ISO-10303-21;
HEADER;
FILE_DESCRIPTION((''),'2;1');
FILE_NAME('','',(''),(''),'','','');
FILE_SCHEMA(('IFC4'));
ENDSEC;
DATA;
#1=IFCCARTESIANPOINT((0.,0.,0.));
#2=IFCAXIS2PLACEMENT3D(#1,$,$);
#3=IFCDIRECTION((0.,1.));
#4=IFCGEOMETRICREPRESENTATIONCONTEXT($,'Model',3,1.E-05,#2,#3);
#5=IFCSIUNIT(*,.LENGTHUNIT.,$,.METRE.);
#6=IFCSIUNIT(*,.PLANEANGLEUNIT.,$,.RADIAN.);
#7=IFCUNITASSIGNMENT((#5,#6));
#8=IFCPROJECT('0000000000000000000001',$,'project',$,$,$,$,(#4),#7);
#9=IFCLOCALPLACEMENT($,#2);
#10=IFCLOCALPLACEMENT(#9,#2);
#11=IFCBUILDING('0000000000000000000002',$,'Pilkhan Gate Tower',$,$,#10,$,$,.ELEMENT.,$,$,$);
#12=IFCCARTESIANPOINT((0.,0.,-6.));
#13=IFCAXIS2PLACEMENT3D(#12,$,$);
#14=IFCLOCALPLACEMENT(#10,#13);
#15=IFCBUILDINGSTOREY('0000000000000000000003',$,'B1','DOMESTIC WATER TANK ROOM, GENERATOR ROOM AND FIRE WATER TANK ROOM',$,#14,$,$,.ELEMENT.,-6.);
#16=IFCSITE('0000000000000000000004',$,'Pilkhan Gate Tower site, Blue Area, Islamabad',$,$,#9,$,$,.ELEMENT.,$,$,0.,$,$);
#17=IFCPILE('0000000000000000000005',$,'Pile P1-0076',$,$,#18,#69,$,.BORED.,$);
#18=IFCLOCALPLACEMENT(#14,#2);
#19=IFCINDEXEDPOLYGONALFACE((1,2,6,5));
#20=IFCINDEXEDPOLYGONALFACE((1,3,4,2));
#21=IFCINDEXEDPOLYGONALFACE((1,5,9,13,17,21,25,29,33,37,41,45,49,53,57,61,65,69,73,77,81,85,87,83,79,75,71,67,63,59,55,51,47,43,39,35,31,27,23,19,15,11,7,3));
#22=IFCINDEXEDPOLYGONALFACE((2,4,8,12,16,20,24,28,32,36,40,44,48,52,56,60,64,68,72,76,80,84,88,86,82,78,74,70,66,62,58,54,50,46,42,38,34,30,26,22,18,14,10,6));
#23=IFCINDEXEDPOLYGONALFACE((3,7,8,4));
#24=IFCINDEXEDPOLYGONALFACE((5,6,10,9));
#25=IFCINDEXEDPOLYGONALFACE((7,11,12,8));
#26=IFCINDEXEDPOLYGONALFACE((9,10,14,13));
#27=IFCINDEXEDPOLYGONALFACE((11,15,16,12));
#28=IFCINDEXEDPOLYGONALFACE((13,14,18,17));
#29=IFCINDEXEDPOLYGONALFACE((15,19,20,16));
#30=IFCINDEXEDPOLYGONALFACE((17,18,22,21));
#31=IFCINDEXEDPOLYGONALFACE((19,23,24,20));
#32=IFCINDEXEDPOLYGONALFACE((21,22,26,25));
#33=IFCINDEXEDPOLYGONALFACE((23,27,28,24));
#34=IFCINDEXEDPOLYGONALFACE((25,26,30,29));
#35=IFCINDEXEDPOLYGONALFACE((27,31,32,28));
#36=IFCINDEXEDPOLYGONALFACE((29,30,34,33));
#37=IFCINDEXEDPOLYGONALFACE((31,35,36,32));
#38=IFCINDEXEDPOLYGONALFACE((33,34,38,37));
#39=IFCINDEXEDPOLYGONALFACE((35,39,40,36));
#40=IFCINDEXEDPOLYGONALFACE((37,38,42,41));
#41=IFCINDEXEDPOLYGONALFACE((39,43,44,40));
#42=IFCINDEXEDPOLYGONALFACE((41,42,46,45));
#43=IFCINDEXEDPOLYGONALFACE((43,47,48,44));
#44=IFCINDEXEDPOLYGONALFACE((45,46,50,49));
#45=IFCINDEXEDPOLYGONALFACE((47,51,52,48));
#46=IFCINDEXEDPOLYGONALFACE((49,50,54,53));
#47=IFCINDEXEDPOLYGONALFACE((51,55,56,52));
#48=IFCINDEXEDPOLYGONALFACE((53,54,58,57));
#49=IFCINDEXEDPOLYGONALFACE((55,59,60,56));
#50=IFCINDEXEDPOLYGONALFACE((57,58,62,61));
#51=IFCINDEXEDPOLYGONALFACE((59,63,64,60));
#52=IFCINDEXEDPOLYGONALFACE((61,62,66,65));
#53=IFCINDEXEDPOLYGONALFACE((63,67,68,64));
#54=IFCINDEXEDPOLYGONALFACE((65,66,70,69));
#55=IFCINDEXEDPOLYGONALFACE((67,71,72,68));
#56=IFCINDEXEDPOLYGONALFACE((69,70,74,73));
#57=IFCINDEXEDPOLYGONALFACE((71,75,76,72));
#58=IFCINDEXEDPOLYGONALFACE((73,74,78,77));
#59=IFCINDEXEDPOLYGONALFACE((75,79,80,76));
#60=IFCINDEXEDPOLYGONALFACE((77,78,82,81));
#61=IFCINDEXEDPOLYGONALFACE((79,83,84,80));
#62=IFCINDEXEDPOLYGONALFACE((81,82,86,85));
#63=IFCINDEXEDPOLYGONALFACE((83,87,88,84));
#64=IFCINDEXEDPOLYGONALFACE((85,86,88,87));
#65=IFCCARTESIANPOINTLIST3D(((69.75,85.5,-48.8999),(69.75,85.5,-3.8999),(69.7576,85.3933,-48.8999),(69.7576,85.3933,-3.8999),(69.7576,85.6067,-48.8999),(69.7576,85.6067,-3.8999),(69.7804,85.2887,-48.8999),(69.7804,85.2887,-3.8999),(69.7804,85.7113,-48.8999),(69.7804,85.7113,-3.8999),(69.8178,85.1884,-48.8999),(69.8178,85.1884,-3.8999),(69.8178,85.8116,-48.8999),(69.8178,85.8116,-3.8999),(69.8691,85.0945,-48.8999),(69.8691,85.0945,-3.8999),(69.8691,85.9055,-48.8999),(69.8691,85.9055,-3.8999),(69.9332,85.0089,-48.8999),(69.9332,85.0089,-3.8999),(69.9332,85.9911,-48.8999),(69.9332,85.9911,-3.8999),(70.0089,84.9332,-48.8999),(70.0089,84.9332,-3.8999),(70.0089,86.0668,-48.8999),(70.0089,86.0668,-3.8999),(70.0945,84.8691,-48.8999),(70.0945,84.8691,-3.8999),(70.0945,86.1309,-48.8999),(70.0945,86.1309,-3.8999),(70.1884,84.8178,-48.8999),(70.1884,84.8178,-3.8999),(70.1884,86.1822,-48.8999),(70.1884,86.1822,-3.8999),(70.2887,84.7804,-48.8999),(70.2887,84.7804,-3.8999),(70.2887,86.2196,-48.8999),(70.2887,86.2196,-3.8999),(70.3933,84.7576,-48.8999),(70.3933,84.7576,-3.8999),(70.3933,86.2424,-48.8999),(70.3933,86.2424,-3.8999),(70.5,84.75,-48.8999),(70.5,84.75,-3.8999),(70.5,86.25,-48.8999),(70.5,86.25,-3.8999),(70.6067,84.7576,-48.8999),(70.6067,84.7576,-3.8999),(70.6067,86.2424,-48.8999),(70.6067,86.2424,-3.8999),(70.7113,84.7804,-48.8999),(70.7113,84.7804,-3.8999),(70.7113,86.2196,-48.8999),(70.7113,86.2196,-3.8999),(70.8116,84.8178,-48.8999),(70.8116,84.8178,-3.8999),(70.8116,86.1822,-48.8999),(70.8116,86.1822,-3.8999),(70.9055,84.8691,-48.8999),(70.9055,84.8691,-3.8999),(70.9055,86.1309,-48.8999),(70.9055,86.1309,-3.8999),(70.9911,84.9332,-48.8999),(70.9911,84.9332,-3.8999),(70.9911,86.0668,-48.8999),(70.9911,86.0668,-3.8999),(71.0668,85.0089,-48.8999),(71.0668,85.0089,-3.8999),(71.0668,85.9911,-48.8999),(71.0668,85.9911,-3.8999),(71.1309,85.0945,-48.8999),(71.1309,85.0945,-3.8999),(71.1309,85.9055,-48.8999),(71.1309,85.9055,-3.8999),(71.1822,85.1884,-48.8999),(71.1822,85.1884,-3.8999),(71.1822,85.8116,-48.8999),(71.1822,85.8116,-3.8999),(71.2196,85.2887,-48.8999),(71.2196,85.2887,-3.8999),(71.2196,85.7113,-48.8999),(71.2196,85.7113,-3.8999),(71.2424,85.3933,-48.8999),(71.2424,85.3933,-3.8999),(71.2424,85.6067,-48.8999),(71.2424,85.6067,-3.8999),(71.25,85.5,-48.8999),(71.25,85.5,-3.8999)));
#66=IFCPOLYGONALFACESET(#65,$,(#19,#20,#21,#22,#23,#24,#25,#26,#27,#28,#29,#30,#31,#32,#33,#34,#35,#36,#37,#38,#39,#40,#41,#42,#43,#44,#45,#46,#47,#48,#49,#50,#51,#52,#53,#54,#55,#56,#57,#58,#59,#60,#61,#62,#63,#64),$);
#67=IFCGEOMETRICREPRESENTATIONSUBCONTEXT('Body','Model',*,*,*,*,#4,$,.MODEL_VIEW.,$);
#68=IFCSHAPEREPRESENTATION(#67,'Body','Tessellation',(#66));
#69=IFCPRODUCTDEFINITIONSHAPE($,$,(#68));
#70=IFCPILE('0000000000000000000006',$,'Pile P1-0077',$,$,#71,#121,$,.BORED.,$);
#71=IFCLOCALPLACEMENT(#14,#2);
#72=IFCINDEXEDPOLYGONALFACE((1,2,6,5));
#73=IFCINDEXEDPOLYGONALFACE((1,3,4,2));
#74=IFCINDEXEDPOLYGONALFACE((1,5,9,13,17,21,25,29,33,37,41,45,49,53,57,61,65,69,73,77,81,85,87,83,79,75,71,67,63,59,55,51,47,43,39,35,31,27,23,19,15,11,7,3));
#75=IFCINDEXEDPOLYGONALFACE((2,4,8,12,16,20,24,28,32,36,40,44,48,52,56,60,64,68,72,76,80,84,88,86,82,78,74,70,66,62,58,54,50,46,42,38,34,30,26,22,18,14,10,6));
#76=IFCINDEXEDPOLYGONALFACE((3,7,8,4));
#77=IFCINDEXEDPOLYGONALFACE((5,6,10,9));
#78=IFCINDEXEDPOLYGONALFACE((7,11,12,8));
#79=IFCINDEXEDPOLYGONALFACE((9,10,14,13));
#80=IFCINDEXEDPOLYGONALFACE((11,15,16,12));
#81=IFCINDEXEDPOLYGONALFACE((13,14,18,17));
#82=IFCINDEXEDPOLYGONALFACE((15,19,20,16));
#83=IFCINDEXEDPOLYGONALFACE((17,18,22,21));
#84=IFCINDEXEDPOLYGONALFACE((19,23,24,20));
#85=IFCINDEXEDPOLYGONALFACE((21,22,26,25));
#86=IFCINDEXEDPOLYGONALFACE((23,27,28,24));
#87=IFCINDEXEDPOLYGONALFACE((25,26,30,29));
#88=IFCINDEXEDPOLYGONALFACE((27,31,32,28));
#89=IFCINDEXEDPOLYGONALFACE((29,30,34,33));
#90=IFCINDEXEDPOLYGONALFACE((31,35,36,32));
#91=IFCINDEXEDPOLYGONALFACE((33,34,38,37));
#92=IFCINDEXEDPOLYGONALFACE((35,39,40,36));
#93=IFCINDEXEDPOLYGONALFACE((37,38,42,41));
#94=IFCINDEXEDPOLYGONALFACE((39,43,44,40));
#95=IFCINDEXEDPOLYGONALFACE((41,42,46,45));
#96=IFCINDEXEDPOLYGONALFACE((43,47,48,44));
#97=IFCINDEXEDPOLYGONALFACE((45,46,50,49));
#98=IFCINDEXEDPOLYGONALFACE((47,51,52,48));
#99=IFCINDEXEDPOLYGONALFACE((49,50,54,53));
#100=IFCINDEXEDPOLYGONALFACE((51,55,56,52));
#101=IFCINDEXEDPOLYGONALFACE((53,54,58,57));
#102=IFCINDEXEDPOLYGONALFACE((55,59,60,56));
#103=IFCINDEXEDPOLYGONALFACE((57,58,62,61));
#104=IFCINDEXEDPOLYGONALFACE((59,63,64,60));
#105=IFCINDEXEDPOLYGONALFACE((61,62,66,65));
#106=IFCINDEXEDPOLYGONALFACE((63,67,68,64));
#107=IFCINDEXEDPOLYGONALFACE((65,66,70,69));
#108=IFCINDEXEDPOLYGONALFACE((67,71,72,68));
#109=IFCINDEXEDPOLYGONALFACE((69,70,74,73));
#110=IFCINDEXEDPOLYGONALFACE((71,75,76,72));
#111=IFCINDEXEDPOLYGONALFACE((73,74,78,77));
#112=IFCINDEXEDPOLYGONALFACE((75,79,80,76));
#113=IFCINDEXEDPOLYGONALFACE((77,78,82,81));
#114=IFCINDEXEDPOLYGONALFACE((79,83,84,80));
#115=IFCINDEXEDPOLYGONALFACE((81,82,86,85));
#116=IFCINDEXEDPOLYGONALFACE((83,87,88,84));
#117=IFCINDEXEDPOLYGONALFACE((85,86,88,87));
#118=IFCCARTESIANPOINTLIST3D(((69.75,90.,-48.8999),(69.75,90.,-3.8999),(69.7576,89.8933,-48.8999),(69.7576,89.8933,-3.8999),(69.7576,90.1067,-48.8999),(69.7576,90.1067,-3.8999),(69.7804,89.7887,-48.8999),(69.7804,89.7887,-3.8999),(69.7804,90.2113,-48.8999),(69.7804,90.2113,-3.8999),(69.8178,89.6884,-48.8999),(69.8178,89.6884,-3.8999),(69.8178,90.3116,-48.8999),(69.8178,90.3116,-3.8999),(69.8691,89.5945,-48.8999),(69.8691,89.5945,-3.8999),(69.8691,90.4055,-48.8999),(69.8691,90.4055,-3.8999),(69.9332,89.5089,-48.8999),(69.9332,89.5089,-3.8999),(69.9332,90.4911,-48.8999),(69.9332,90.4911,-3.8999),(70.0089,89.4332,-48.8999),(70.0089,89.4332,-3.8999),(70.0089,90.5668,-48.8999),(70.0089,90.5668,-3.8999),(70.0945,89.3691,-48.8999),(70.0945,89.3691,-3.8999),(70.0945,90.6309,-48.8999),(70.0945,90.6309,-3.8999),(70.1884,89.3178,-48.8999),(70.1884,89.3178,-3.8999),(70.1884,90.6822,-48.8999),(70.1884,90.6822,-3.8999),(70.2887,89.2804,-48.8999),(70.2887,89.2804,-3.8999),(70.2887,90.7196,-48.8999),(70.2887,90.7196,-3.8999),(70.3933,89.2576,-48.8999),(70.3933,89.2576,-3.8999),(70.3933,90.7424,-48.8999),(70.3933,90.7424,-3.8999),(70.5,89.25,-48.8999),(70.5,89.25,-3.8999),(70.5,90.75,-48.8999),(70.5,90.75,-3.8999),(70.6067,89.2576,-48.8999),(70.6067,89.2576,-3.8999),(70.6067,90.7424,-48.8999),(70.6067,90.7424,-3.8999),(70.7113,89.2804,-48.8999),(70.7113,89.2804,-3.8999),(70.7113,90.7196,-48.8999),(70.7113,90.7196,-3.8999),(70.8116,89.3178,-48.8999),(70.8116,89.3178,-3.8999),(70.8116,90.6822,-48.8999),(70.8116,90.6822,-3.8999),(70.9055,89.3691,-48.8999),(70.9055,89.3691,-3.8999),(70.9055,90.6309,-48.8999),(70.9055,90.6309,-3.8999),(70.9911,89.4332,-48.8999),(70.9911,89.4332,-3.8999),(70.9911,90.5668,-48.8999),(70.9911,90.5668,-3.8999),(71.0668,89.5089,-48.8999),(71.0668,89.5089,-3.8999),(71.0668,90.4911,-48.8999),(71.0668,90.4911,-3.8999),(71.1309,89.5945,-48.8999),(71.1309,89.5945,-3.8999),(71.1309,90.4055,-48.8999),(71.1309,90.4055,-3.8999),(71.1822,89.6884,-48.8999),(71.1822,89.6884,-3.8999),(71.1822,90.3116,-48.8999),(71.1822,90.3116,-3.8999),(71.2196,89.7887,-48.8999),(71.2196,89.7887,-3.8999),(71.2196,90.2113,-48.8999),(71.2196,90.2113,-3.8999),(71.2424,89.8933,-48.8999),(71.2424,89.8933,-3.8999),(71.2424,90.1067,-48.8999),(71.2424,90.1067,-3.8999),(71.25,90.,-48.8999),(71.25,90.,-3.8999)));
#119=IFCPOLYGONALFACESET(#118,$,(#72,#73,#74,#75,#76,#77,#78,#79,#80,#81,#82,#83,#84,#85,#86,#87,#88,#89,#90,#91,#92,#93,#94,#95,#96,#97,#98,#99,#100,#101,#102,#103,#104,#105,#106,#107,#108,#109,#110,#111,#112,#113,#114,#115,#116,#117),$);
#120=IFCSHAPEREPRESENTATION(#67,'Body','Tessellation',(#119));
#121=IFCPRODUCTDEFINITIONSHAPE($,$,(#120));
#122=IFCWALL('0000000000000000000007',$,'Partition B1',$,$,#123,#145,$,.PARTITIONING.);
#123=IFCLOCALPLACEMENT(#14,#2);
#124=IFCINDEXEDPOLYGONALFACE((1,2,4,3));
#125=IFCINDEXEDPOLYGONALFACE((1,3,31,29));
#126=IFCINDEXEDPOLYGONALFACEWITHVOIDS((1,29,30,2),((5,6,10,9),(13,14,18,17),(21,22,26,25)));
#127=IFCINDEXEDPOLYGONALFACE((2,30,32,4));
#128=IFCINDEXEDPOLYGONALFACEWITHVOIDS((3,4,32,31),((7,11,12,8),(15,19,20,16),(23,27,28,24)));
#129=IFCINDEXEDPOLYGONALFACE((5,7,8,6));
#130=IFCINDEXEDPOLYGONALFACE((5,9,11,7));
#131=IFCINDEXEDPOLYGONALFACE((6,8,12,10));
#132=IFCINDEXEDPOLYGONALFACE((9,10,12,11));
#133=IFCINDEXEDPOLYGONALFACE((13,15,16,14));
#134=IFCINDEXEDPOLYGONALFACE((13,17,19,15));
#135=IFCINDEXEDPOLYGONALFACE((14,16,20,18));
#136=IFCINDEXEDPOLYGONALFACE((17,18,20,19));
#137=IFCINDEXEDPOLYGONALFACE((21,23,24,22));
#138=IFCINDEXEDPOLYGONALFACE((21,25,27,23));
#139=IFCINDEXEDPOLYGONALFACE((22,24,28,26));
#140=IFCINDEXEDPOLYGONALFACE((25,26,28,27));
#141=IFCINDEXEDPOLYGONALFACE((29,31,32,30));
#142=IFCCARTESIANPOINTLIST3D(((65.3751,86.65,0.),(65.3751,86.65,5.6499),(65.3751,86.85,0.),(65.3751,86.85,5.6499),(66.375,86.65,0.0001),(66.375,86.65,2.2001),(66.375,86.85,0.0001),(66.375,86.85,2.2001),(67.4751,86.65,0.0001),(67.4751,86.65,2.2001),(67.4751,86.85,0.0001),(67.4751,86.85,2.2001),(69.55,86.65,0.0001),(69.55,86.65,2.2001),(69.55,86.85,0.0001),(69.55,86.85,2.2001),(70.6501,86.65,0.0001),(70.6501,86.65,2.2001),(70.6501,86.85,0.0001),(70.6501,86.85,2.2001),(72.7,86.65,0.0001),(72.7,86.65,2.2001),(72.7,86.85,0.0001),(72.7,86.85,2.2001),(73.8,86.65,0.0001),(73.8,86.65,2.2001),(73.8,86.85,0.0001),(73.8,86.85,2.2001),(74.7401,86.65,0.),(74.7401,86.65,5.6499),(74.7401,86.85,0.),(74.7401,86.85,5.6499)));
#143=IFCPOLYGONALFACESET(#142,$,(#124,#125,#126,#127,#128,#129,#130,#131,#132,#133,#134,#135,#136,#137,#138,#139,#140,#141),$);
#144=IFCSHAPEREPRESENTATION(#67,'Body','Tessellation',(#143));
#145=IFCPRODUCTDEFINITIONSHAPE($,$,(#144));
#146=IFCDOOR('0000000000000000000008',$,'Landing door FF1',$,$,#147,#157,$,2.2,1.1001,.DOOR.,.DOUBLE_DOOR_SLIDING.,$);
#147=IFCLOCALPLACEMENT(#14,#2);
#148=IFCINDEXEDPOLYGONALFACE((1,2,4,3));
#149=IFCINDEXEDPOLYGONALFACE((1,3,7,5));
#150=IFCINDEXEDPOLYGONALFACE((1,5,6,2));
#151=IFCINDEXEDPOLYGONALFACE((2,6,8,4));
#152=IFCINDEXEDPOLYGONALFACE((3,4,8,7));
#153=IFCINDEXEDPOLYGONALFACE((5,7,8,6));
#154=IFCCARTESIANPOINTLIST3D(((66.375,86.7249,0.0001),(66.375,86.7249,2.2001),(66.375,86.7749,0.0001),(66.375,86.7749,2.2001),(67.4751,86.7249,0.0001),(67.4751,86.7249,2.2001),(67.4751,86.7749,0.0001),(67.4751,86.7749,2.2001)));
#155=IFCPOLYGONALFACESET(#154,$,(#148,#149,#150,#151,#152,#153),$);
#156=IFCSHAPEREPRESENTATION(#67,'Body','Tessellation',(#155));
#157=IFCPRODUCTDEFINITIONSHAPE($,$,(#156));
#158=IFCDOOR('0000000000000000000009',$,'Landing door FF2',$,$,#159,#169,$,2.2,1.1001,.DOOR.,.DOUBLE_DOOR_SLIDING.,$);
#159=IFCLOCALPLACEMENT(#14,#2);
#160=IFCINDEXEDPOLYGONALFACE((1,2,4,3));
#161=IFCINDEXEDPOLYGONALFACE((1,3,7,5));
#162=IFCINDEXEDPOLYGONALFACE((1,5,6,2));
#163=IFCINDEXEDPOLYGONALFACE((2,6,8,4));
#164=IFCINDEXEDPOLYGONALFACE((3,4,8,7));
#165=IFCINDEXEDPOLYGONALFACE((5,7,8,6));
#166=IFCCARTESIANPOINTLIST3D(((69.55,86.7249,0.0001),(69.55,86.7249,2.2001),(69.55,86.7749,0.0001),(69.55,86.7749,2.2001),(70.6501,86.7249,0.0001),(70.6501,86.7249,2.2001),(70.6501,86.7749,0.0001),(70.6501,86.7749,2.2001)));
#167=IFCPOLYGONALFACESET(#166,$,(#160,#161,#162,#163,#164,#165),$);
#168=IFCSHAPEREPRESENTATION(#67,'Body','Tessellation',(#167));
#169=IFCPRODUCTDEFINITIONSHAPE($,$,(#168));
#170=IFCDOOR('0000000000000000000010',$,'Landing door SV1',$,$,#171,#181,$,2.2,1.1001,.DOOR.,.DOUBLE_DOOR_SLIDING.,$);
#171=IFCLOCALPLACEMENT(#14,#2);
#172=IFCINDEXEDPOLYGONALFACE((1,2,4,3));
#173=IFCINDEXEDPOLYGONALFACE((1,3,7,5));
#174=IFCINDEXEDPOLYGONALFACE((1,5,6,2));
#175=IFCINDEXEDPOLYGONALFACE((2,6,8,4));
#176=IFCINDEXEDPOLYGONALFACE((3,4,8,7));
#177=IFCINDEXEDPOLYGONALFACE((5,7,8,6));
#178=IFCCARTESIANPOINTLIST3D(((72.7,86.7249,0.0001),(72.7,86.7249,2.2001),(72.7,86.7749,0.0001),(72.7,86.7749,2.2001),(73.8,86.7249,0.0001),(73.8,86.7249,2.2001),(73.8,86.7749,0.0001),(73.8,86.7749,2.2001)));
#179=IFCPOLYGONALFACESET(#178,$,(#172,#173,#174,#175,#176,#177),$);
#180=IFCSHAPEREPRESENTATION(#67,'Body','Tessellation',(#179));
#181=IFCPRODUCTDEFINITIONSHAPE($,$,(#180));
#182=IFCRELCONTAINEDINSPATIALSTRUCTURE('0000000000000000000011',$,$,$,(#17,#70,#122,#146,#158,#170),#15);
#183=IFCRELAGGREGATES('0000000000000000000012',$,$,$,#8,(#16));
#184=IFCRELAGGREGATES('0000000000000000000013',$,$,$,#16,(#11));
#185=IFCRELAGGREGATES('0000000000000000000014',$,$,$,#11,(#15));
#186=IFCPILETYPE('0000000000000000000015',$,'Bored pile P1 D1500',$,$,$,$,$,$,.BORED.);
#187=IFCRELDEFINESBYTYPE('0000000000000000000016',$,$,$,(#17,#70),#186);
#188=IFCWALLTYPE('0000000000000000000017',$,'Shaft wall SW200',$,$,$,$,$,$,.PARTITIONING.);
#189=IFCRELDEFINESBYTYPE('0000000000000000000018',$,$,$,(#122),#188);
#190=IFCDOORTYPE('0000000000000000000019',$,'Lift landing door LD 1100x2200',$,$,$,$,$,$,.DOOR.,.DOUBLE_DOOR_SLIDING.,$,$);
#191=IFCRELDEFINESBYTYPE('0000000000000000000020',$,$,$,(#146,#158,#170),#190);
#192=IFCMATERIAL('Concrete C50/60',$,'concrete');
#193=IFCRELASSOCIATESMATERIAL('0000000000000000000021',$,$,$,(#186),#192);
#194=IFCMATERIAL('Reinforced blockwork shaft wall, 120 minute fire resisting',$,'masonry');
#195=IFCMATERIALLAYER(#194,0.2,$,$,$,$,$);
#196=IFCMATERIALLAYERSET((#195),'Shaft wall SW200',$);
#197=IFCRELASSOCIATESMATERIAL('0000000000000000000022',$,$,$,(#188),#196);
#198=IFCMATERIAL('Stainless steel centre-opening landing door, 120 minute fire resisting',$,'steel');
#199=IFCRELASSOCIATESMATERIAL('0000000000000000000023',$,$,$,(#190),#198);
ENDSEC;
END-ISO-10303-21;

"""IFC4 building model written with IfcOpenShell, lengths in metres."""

from ifc_helpers import new_model, si_unit, direction, frame, frame_2d, origin, origin_2d, place, context, subcontext, project, spatial, rectangle, circle, extrude, material, layer, layer_set, material_profile, profile_set, type_object, element, fill, save


model = new_model("IFC4")

# Units and contexts
model_context = context("Model", 3, precision=1e-05, world=origin(), true_north=direction((0.0, 1.0)))
body_context = subcontext(model_context, "Body", "Model", "MODEL_VIEW")
ifc_project = project(units=[si_unit("LENGTHUNIT", "METRE"), si_unit("PLANEANGLEUNIT", "RADIAN")], contexts=[model_context])

# Site, building, storey
site_placement = place(None, origin())
site = spatial("IfcSite", under=ifc_project, at=site_placement, Name="Pilkhan Gate Tower site, Blue Area, Islamabad", CompositionType="ELEMENT", RefElevation=0.0)
building_placement = place(site_placement, origin())
building = spatial("IfcBuilding", under=site, at=building_placement, Name="Pilkhan Gate Tower", CompositionType="ELEMENT")
storey_placement = place(building_placement, frame((0.0, 0.0, -6.0)))
storey = spatial("IfcBuildingStorey", under=building, at=storey_placement, Name="B1", Description="DOMESTIC WATER TANK ROOM, GENERATOR ROOM AND FIRE WATER TANK ROOM", CompositionType="ELEMENT", Elevation=-6.0)

# Piles
ifc_material_1 = material(Name="Concrete C50/60", Category="concrete")
ifc_material_profile = material_profile(ifc_material_1, circle(Radius=0.75, at=origin_2d()), Name="Bored pile 1500 dia")
ifc_profile_set = profile_set([ifc_material_profile], Name="Concrete C50/60")
pile_type = type_object("IfcPileType", Name="Bored pile P1 D1500", PredefinedType="BORED", material=ifc_profile_set)
for number, where, z_axis, x_axis, name in (
    (1, (70.5, 85.5, -3.8999), (0.0, 0.0, -1.0), (1.0, 0.0, 0.0), "Pile P1-0076"),
    (2, (70.5, 90.0, -3.8999), (0.0, 0.0, -1.0), (1.0, 0.0, 0.0), "Pile P1-0077"),
):
    element("IfcPile", number, at=place(storey_placement, frame(where, z_axis=z_axis, x_axis=x_axis)), inside=storey, type_object=pile_type, Name=name, PredefinedType="BORED", context=body_context, shape_type="SweptSolid", body=[
        extrude(circle(Radius=0.75, at=origin_2d()), origin(), (0.0, 0.0, 1.0), 45.0),
    ])

# Wall, openings, doors
ifc_material_2 = material(Name="Reinforced blockwork shaft wall, 120 minute fire resisting", Category="masonry")
ifc_layer_1 = layer(ifc_material_2, 0.2)
ifc_layer_set_1 = layer_set([ifc_layer_1], Name="Shaft wall SW200")
wall_type_1 = type_object("IfcWallType", Name="Shaft wall SW200", PredefinedType="PARTITIONING", material=ifc_layer_set_1)
wall_1_placement = place(storey_placement, frame((65.375, 86.75, 0.0), z_axis=(0.0, 0.0, 1.0), x_axis=(1.0, 0.0, 0.0)))
wall_1 = element("IfcWall", 3, at=wall_1_placement, inside=storey, type_object=wall_type_1, Name="Partition B1", PredefinedType="PARTITIONING", context=body_context, shape_type="SweptSolid", body=[
    extrude(rectangle(XDim=9.365, YDim=0.2, at=frame_2d((4.6826, 0.0))), origin(), (0.0, 0.0, 1.0), 5.6499),
])
opening_1_placement = place(wall_1_placement, frame((1.0, 0.0, 0.0)))
opening_1 = element("IfcOpeningElement", 4, at=opening_1_placement, cuts=wall_1, PredefinedType="OPENING", context=body_context, shape_type="SweptSolid", body=[
    extrude(rectangle(XDim=1.1001, YDim=2.2, at=frame_2d((0.55, 1.1001))), frame((0.0, 0.1099, 0.0), z_axis=(0.0, -1.0, 0.0), x_axis=(1.0, 0.0, 0.0)), (0.0, 0.0, 1.0), 0.22),
])
opening_2_placement = place(wall_1_placement, frame((4.175, 0.0, 0.0)))
opening_2 = element("IfcOpeningElement", 5, at=opening_2_placement, cuts=wall_1, PredefinedType="OPENING", context=body_context, shape_type="SweptSolid", body=[
    extrude(rectangle(XDim=1.1001, YDim=2.2, at=frame_2d((0.55, 1.1001))), frame((0.0, 0.1099, 0.0), z_axis=(0.0, -1.0, 0.0), x_axis=(1.0, 0.0, 0.0)), (0.0, 0.0, 1.0), 0.22),
])
opening_3_placement = place(wall_1_placement, frame((7.325, 0.0, 0.0)))
opening_3 = element("IfcOpeningElement", 6, at=opening_3_placement, cuts=wall_1, PredefinedType="OPENING", context=body_context, shape_type="SweptSolid", body=[
    extrude(rectangle(XDim=1.1001, YDim=2.2, at=frame_2d((0.55, 1.1001))), frame((0.0, 0.1099, 0.0), z_axis=(0.0, -1.0, 0.0), x_axis=(1.0, 0.0, 0.0)), (0.0, 0.0, 1.0), 0.22),
])
ifc_material_3 = material(Name="Stainless steel centre-opening landing door, 120 minute fire resisting", Category="steel")
door_type_1 = type_object("IfcDoorType", Name="Lift landing door LD 1100x2200", OperationType="DOUBLE_DOOR_SLIDING", PredefinedType="DOOR", material=ifc_material_3)
door_1_placement = place(opening_1_placement, origin())
door_1 = element("IfcDoor", 7, at=door_1_placement, inside=storey, type_object=door_type_1, Name="Landing door FF1", OperationType="DOUBLE_DOOR_SLIDING", OverallHeight=2.2, OverallWidth=1.1001, PredefinedType="DOOR", context=body_context, shape_type="SweptSolid", body=[
    extrude(rectangle(XDim=1.1001, YDim=2.2, at=frame_2d((0.55, 1.1001))), frame((0.0, 0.0249, 0.0), z_axis=(0.0, -1.0, 0.0), x_axis=(1.0, 0.0, 0.0)), (0.0, 0.0, 1.0), 0.05),
])
fill(opening_1, door_1)
door_2_placement = place(opening_2_placement, origin())
door_2 = element("IfcDoor", 8, at=door_2_placement, inside=storey, type_object=door_type_1, Name="Landing door FF2", OperationType="DOUBLE_DOOR_SLIDING", OverallHeight=2.2, OverallWidth=1.1001, PredefinedType="DOOR", context=body_context, shape_type="SweptSolid", body=[
    extrude(rectangle(XDim=1.1001, YDim=2.2, at=frame_2d((0.55, 1.1001))), frame((0.0, 0.0249, 0.0), z_axis=(0.0, -1.0, 0.0), x_axis=(1.0, 0.0, 0.0)), (0.0, 0.0, 1.0), 0.05),
])
fill(opening_2, door_2)
door_3_placement = place(opening_3_placement, origin())
door_3 = element("IfcDoor", 9, at=door_3_placement, inside=storey, type_object=door_type_1, Name="Landing door SV1", OperationType="DOUBLE_DOOR_SLIDING", OverallHeight=2.2, OverallWidth=1.1001, PredefinedType="DOOR", context=body_context, shape_type="SweptSolid", body=[
    extrude(rectangle(XDim=1.1001, YDim=2.2, at=frame_2d((0.55, 1.1001))), frame((0.0, 0.0249, 0.0), z_axis=(0.0, -1.0, 0.0), x_axis=(1.0, 0.0, 0.0)), (0.0, 0.0, 1.0), 0.05),
])
fill(opening_3, door_3)

save(model, "model.ifc")
